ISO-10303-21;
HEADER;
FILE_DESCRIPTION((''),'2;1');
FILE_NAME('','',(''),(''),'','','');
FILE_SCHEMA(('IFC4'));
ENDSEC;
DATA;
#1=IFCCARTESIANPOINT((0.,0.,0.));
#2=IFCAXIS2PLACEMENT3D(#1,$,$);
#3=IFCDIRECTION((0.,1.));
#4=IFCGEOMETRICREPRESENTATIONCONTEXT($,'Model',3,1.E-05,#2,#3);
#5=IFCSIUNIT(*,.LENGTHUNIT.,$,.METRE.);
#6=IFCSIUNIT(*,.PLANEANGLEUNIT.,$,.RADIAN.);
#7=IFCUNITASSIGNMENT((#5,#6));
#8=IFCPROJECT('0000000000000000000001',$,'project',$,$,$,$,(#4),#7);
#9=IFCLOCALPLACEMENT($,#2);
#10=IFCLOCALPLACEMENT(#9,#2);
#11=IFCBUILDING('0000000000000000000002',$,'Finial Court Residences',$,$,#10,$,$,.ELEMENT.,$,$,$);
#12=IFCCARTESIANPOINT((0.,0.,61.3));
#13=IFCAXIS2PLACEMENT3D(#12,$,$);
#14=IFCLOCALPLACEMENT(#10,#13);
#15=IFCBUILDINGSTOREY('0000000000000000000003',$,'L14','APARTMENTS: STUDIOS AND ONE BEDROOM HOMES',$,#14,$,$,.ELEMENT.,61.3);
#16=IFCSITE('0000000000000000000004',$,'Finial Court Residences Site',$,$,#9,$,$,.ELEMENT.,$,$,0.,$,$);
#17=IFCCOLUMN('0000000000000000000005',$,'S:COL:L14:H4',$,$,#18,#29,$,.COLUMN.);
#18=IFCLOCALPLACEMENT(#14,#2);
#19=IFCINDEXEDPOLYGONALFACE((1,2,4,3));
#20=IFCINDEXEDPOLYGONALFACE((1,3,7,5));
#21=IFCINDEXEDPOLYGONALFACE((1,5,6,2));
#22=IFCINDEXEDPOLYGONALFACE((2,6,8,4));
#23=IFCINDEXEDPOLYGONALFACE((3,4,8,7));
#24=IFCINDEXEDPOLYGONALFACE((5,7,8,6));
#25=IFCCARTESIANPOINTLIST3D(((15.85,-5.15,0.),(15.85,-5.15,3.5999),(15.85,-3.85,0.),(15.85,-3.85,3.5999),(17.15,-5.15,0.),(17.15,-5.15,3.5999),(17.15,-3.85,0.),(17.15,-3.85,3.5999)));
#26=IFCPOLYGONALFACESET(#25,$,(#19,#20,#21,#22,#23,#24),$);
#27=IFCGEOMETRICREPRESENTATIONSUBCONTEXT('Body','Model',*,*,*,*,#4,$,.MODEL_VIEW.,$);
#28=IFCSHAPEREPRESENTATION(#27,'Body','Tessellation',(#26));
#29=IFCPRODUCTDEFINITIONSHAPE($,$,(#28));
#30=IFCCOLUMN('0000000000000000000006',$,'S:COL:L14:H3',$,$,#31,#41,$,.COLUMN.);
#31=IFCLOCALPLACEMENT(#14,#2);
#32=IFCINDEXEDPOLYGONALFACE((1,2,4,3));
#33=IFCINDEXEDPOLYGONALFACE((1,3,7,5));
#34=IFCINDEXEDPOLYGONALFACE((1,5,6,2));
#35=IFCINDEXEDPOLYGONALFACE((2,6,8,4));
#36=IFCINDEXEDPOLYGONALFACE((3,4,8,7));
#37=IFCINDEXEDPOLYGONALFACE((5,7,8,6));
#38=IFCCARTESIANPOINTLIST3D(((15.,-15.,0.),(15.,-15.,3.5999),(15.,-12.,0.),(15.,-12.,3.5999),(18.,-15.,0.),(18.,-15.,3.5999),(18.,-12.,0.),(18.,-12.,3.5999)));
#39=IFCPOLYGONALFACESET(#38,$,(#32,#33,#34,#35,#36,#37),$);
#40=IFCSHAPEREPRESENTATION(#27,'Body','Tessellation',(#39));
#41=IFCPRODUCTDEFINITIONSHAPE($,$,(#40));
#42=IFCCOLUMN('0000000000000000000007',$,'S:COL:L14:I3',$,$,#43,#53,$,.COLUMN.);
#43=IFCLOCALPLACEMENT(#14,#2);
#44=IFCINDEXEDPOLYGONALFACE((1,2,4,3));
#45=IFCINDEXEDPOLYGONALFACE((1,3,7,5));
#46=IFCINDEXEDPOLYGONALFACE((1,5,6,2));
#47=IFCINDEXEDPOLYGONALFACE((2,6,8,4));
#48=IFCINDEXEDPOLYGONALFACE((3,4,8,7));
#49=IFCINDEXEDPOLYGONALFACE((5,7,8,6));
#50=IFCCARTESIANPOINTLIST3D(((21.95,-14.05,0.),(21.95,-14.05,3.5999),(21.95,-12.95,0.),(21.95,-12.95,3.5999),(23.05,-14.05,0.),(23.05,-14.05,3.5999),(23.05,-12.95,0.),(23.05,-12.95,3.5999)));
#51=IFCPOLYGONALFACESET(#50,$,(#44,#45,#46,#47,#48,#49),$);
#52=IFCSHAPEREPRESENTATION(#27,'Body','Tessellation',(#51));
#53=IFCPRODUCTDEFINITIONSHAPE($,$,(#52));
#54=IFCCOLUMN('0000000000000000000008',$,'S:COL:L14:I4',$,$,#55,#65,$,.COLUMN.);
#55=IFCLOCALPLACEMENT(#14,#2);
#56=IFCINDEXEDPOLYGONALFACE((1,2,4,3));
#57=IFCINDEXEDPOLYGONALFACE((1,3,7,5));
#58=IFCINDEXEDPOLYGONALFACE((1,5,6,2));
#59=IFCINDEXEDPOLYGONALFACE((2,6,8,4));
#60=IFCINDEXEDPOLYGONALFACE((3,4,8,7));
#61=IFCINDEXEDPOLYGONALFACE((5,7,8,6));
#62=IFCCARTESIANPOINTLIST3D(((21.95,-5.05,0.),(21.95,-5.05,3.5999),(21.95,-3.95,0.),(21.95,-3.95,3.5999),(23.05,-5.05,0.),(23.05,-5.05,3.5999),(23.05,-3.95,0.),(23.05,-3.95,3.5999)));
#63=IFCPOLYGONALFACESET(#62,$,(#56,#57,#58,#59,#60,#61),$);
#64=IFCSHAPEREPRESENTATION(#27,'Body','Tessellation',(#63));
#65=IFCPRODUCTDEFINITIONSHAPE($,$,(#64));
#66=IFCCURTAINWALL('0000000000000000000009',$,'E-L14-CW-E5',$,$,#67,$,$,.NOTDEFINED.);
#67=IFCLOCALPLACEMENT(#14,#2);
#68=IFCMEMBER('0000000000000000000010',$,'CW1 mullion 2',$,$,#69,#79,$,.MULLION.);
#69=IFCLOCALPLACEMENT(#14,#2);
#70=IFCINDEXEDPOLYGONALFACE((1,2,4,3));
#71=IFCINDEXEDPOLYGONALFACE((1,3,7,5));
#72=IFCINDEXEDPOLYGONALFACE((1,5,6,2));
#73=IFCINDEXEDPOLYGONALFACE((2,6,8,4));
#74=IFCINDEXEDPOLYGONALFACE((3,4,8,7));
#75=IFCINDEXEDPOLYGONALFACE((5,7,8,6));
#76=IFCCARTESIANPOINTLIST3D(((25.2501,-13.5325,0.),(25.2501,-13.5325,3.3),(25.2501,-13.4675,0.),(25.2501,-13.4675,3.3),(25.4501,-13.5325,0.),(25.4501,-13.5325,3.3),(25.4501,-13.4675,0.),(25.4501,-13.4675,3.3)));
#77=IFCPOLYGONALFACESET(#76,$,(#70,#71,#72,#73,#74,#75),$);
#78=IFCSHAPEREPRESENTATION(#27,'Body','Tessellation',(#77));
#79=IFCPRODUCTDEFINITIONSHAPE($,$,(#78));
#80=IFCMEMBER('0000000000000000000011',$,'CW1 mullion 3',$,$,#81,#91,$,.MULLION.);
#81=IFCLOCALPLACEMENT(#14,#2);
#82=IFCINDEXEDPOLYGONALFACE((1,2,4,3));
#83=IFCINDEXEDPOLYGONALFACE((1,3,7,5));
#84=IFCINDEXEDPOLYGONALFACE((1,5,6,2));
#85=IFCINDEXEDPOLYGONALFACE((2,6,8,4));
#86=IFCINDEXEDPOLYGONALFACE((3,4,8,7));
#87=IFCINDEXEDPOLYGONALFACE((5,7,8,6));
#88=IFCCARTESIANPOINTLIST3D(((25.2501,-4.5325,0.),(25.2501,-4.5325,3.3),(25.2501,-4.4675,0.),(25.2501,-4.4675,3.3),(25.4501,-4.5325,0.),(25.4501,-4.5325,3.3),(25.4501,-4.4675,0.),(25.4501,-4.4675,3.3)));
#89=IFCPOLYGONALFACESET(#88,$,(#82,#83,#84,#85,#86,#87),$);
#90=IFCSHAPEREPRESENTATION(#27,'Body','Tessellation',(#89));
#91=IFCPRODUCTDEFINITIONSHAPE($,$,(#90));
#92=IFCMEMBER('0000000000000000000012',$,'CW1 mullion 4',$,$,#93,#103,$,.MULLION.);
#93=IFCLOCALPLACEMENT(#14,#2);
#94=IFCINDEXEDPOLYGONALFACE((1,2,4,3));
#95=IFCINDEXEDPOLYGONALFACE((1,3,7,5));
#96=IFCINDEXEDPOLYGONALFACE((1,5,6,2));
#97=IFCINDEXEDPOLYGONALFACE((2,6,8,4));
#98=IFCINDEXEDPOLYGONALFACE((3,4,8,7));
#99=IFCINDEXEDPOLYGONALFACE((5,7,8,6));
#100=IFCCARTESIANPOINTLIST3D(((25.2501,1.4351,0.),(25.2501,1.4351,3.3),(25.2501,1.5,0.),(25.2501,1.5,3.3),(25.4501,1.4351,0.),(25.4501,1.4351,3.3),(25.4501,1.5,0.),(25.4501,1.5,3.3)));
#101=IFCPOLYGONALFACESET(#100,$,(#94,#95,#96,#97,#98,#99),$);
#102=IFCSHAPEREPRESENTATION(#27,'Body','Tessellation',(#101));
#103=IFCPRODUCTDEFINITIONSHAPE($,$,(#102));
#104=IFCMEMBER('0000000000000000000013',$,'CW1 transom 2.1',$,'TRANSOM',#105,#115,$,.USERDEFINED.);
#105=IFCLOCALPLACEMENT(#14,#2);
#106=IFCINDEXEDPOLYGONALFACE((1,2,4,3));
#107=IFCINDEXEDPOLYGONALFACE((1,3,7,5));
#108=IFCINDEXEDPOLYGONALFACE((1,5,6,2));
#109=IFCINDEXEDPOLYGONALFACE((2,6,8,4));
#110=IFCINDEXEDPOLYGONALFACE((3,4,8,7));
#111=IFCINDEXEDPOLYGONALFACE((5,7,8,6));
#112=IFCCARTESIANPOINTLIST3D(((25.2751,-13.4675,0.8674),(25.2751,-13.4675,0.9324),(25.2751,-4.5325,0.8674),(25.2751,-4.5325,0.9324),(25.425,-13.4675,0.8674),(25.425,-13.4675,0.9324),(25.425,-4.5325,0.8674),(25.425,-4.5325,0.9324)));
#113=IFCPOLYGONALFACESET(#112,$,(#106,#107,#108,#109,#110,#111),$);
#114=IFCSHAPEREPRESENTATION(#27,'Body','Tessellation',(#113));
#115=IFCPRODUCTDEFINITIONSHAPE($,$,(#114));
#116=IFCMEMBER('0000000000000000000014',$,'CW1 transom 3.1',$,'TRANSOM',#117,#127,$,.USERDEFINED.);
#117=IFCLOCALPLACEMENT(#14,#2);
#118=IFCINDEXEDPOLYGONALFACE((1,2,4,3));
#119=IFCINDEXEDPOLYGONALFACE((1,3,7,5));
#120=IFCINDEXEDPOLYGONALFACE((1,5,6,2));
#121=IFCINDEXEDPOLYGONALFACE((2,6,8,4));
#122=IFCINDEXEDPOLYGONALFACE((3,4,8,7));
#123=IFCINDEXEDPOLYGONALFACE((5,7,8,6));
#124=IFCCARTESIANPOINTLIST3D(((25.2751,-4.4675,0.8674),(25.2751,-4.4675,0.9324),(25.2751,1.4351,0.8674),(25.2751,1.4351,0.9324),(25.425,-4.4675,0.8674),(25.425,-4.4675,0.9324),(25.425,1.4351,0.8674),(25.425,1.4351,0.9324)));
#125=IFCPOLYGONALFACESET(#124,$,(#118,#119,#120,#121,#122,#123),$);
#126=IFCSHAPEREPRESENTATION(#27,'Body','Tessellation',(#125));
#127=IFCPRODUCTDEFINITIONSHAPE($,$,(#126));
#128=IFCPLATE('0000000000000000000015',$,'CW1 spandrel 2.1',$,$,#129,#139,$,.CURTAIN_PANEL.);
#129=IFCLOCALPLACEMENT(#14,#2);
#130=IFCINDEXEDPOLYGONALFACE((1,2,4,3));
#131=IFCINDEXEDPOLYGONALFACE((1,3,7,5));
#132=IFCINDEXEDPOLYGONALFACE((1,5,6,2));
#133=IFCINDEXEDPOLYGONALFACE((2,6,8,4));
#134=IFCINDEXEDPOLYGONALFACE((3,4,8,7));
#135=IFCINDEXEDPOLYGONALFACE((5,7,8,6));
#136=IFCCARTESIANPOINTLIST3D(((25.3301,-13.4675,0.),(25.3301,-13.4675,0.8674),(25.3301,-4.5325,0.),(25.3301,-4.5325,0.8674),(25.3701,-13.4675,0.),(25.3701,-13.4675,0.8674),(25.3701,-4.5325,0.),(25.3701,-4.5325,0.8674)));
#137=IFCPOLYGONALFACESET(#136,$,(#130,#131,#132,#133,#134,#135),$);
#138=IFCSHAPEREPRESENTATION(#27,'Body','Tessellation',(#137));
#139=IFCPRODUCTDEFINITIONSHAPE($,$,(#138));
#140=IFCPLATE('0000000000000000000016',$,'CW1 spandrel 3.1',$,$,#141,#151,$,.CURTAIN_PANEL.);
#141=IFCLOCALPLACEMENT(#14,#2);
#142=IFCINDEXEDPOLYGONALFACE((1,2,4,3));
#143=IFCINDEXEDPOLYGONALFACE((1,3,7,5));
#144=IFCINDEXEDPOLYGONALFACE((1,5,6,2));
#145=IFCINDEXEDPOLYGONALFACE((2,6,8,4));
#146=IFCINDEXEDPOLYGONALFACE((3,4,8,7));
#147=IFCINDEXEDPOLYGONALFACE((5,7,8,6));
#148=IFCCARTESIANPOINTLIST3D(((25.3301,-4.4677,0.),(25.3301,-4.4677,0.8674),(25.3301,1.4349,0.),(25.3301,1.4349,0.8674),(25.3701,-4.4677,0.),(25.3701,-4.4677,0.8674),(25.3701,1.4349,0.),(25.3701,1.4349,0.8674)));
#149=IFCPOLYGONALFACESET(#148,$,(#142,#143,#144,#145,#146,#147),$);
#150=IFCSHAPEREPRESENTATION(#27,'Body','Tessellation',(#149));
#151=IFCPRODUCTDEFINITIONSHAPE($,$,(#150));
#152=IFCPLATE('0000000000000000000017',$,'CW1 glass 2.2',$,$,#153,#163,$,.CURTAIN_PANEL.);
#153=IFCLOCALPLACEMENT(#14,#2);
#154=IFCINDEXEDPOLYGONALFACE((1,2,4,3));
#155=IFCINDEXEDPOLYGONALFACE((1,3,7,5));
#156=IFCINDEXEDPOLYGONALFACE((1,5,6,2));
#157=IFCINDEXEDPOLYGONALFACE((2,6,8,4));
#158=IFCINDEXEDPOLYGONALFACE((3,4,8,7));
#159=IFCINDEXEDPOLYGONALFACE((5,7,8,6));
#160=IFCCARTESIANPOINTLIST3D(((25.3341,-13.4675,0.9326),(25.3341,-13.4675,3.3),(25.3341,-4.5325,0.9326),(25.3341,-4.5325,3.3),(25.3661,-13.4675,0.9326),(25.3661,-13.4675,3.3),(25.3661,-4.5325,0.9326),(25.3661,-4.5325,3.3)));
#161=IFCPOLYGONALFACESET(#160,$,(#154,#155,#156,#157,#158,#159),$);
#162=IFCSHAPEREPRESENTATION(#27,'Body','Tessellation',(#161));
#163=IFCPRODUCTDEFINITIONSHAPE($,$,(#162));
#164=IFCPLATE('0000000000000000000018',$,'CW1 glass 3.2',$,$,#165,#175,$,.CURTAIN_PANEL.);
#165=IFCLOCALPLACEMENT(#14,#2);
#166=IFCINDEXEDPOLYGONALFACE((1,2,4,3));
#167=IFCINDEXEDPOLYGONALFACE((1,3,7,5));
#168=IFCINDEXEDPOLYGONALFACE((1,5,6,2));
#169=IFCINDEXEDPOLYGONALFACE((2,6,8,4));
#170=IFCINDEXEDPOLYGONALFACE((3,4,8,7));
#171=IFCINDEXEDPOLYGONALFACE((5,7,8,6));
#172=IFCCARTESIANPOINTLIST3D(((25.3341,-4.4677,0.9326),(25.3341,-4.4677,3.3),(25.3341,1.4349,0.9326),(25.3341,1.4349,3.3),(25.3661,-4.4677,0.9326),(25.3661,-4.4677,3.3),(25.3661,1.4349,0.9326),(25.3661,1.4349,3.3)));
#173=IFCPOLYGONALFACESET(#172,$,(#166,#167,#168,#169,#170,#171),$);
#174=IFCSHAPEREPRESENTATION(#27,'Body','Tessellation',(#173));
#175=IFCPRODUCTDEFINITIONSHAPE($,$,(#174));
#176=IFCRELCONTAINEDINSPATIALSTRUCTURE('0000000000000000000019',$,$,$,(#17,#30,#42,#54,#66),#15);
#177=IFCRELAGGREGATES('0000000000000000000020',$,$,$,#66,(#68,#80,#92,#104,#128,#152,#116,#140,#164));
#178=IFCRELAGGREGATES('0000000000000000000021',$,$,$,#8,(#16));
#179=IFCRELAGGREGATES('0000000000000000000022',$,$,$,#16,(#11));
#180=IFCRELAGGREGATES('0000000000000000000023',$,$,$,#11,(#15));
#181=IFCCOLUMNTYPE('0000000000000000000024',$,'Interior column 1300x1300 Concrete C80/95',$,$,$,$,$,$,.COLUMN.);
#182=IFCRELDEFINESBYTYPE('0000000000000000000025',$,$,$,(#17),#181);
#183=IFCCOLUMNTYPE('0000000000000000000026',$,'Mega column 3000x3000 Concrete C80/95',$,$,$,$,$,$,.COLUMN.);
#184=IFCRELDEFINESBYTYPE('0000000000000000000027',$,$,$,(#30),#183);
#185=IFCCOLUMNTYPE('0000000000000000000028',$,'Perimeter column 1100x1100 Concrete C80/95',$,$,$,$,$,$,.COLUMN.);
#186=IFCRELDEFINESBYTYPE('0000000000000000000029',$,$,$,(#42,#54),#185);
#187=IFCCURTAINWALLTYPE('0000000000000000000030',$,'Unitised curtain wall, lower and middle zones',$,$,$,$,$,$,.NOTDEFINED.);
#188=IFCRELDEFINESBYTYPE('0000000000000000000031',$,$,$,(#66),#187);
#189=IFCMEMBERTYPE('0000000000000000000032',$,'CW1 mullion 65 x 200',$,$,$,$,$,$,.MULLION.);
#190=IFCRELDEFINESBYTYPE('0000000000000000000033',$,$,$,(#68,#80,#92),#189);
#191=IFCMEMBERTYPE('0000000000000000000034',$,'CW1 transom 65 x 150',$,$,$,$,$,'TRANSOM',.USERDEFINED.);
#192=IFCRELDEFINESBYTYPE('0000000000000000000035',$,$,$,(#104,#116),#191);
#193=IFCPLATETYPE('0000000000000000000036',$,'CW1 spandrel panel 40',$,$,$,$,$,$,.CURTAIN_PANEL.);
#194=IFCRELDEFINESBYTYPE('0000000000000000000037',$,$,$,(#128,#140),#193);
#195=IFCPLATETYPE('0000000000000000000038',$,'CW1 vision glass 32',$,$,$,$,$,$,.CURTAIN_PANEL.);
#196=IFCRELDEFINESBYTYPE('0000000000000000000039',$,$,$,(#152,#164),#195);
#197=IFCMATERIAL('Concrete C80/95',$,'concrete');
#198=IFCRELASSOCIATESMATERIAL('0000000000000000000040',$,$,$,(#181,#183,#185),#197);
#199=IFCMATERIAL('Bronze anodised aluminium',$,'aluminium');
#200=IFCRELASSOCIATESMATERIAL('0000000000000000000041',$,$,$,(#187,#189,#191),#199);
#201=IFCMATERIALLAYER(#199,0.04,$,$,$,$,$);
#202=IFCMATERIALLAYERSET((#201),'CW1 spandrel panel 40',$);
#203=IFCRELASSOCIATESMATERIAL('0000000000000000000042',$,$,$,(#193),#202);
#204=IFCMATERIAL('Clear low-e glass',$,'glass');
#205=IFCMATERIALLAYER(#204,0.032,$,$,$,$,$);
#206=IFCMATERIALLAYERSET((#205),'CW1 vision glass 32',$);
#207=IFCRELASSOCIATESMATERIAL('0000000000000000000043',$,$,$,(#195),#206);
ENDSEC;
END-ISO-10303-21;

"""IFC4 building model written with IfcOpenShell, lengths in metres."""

from ifc_helpers import new_model, si_unit, direction, frame, origin, origin_2d, place, context, subcontext, project, spatial, rectangle, extrude, material, layer, layer_set, material_profile, profile_set, type_object, element, aggregate, save


model = new_model("IFC4")

# Units and contexts
model_context = context("Model", 3, precision=1e-05, world=origin(), true_north=direction((0.0, 1.0)))
body_context = subcontext(model_context, "Body", "Model", "MODEL_VIEW")
ifc_project = project(units=[si_unit("LENGTHUNIT", "METRE"), si_unit("PLANEANGLEUNIT", "RADIAN")], contexts=[model_context])

# Site, building, storey
site_placement = place(None, origin())
site = spatial("IfcSite", under=ifc_project, at=site_placement, Name="Finial Court Residences Site", CompositionType="ELEMENT", RefElevation=0.0)
building_placement = place(site_placement, origin())
building = spatial("IfcBuilding", under=site, at=building_placement, Name="Finial Court Residences", CompositionType="ELEMENT")
storey_placement = place(building_placement, frame((0.0, 0.0, 61.3)))
storey = spatial("IfcBuildingStorey", under=building, at=storey_placement, Name="L14", Description="APARTMENTS: STUDIOS AND ONE BEDROOM HOMES", CompositionType="ELEMENT", Elevation=61.3)

# Columns
ifc_material_1 = material(Name="Concrete C80/95", Category="concrete")
ifc_material_profile_1 = material_profile(ifc_material_1, rectangle(XDim=1.3, YDim=1.3, at=origin_2d()), Name="1300x1300")
ifc_profile_set_1 = profile_set([ifc_material_profile_1], Name="Concrete C80/95")
column_type_1 = type_object("IfcColumnType", Name="Interior column 1300x1300 Concrete C80/95", PredefinedType="COLUMN", material=ifc_profile_set_1)
column_1_placement = place(storey_placement, frame((16.5, -4.5, 0.0), z_axis=(0.0, 0.0, 1.0), x_axis=(1.0, 0.0, 0.0)))
element("IfcColumn", 1, at=column_1_placement, inside=storey, type_object=column_type_1, Name="S:COL:L14:H4", PredefinedType="COLUMN", context=body_context, shape_type="SweptSolid", body=[
    extrude(rectangle(XDim=1.3, YDim=1.3, at=origin_2d()), origin(), (0.0, 0.0, 1.0), 3.5999),
])
ifc_material_profile_2 = material_profile(ifc_material_1, rectangle(XDim=3.0, YDim=3.0, at=origin_2d()), Name="3000x3000")
ifc_profile_set_2 = profile_set([ifc_material_profile_2], Name="Concrete C80/95")
column_type_2 = type_object("IfcColumnType", Name="Mega column 3000x3000 Concrete C80/95", PredefinedType="COLUMN", material=ifc_profile_set_2)
column_2_placement = place(storey_placement, frame((16.5, -13.5, 0.0), z_axis=(0.0, 0.0, 1.0), x_axis=(1.0, 0.0, 0.0)))
element("IfcColumn", 2, at=column_2_placement, inside=storey, type_object=column_type_2, Name="S:COL:L14:H3", PredefinedType="COLUMN", context=body_context, shape_type="SweptSolid", body=[
    extrude(rectangle(XDim=3.0, YDim=3.0, at=origin_2d()), origin(), (0.0, 0.0, 1.0), 3.5999),
])
ifc_material_profile_3 = material_profile(ifc_material_1, rectangle(XDim=1.1001, YDim=1.1001, at=origin_2d()), Name="1100x1100")
ifc_profile_set_3 = profile_set([ifc_material_profile_3], Name="Concrete C80/95")
column_type_3 = type_object("IfcColumnType", Name="Perimeter column 1100x1100 Concrete C80/95", PredefinedType="COLUMN", material=ifc_profile_set_3)
for number, where, z_axis, x_axis, name in (
    (3, (22.5, -13.5, 0.0), (0.0, 0.0, 1.0), (1.0, 0.0, 0.0), "S:COL:L14:I3"),
    (4, (22.5, -4.5, 0.0), (0.0, 0.0, 1.0), (1.0, 0.0, 0.0), "S:COL:L14:I4"),
):
    element("IfcColumn", number, at=place(storey_placement, frame(where, z_axis=z_axis, x_axis=x_axis)), inside=storey, type_object=column_type_3, Name=name, PredefinedType="COLUMN", context=body_context, shape_type="SweptSolid", body=[
        extrude(rectangle(XDim=1.1001, YDim=1.1001, at=origin_2d()), origin(), (0.0, 0.0, 1.0), 3.5999),
    ])

# Curtain wall, members, plates
ifc_material_2 = material(Name="Bronze anodised aluminium", Category="aluminium")
curtain_wall_type = type_object("IfcCurtainWallType", Name="Unitised curtain wall, lower and middle zones", PredefinedType="NOTDEFINED", material=ifc_material_2)
curtain_wall_placement = place(storey_placement, origin())
curtain_wall = element("IfcCurtainWall", 5, at=curtain_wall_placement, inside=storey, type_object=curtain_wall_type, Name="E-L14-CW-E5", PredefinedType="NOTDEFINED")
ifc_material_profile_4 = material_profile(ifc_material_2, rectangle(XDim=0.2, YDim=0.0649, at=origin_2d()), Name="CW1 mullion 65 x 200")
ifc_profile_set_4 = profile_set([ifc_material_profile_4], Name="Bronze anodised aluminium")
member_type_1 = type_object("IfcMemberType", Name="CW1 mullion 65 x 200", PredefinedType="MULLION", material=ifc_profile_set_4)
member_1_placement = place(storey_placement, frame((25.3501, -13.5, 0.0), z_axis=(0.0, 0.0, 1.0), x_axis=(-1.0, 0.0, 0.0)))
member_1 = element("IfcMember", 6, at=member_1_placement, type_object=member_type_1, Name="CW1 mullion 2", PredefinedType="MULLION", context=body_context, shape_type="SweptSolid", body=[
    extrude(rectangle(XDim=0.2, YDim=0.0649, at=origin_2d()), origin(), (0.0, 0.0, 1.0), 3.3),
])
member_2_placement = place(storey_placement, frame((25.3501, -4.5, 0.0), z_axis=(0.0, 0.0, 1.0), x_axis=(-1.0, 0.0, 0.0)))
member_2 = element("IfcMember", 7, at=member_2_placement, type_object=member_type_1, Name="CW1 mullion 3", PredefinedType="MULLION", context=body_context, shape_type="SweptSolid", body=[
    extrude(rectangle(XDim=0.2, YDim=0.0649, at=origin_2d()), origin(), (0.0, 0.0, 1.0), 3.3),
])
member_3_placement = place(storey_placement, frame((25.3501, 1.4675, 0.0), z_axis=(0.0, 0.0, 1.0), x_axis=(-1.0, 0.0, 0.0)))
member_3 = element("IfcMember", 8, at=member_3_placement, type_object=member_type_1, Name="CW1 mullion 4", PredefinedType="MULLION", context=body_context, shape_type="SweptSolid", body=[
    extrude(rectangle(XDim=0.2, YDim=0.0649, at=origin_2d()), origin(), (0.0, 0.0, 1.0), 3.3),
])
ifc_material_profile_5 = material_profile(ifc_material_2, rectangle(XDim=0.1499, YDim=0.0649, at=origin_2d()), Name="CW1 transom 65 x 150")
ifc_profile_set_5 = profile_set([ifc_material_profile_5], Name="Bronze anodised aluminium")
member_type_2 = type_object("IfcMemberType", Name="CW1 transom 65 x 150", ElementType="TRANSOM", PredefinedType="USERDEFINED", material=ifc_profile_set_5)
member_4_placement = place(storey_placement, frame((25.3501, -13.4675, 0.8999), z_axis=(0.0, 1.0, 0.0), x_axis=(-1.0, 0.0, 0.0)))
member_4 = element("IfcMember", 9, at=member_4_placement, type_object=member_type_2, Name="CW1 transom 2.1", ObjectType="TRANSOM", PredefinedType="USERDEFINED", context=body_context, shape_type="SweptSolid", body=[
    extrude(rectangle(XDim=0.1499, YDim=0.0649, at=origin_2d()), origin(), (0.0, 0.0, 1.0), 8.9351),
])
member_5_placement = place(storey_placement, frame((25.3501, -4.4675, 0.8999), z_axis=(0.0, 1.0, 0.0), x_axis=(-1.0, 0.0, 0.0)))
member_5 = element("IfcMember", 10, at=member_5_placement, type_object=member_type_2, Name="CW1 transom 3.1", ObjectType="TRANSOM", PredefinedType="USERDEFINED", context=body_context, shape_type="SweptSolid", body=[
    extrude(rectangle(XDim=0.1499, YDim=0.0649, at=origin_2d()), origin(), (0.0, 0.0, 1.0), 5.9026),
])
ifc_layer_1 = layer(ifc_material_2, 0.04)
ifc_layer_set_1 = layer_set([ifc_layer_1], Name="CW1 spandrel panel 40")
plate_type_1 = type_object("IfcPlateType", Name="CW1 spandrel panel 40", PredefinedType="CURTAIN_PANEL", material=ifc_layer_set_1)
plate_1_placement = place(storey_placement, frame((25.3501, -9.0, 0.0), z_axis=(0.0, 0.0, 1.0), x_axis=(0.0, 1.0, 0.0)))
plate_1 = element("IfcPlate", 11, at=plate_1_placement, type_object=plate_type_1, Name="CW1 spandrel 2.1", PredefinedType="CURTAIN_PANEL", context=body_context, shape_type="SweptSolid", body=[
    extrude(rectangle(XDim=8.9351, YDim=0.04, at=origin_2d()), origin(), (0.0, 0.0, 1.0), 0.8674),
])
plate_2_placement = place(storey_placement, frame((25.3501, -1.5164, 0.0), z_axis=(0.0, 0.0, 1.0), x_axis=(0.0, 1.0, 0.0)))
plate_2 = element("IfcPlate", 12, at=plate_2_placement, type_object=plate_type_1, Name="CW1 spandrel 3.1", PredefinedType="CURTAIN_PANEL", context=body_context, shape_type="SweptSolid", body=[
    extrude(rectangle(XDim=5.9026, YDim=0.04, at=origin_2d()), origin(), (0.0, 0.0, 1.0), 0.8674),
])
ifc_material_3 = material(Name="Clear low-e glass", Category="glass")
ifc_layer_2 = layer(ifc_material_3, 0.032)
ifc_layer_set_2 = layer_set([ifc_layer_2], Name="CW1 vision glass 32")
plate_type_2 = type_object("IfcPlateType", Name="CW1 vision glass 32", PredefinedType="CURTAIN_PANEL", material=ifc_layer_set_2)
plate_3_placement = place(storey_placement, frame((25.3501, -9.0, 0.9326), z_axis=(0.0, 0.0, 1.0), x_axis=(0.0, 1.0, 0.0)))
plate_3 = element("IfcPlate", 13, at=plate_3_placement, type_object=plate_type_2, Name="CW1 glass 2.2", PredefinedType="CURTAIN_PANEL", context=body_context, shape_type="SweptSolid", body=[
    extrude(rectangle(XDim=8.9351, YDim=0.032, at=origin_2d()), origin(), (0.0, 0.0, 1.0), 2.3674),
])
plate_4_placement = place(storey_placement, frame((25.3501, -1.5164, 0.9326), z_axis=(0.0, 0.0, 1.0), x_axis=(0.0, 1.0, 0.0)))
plate_4 = element("IfcPlate", 14, at=plate_4_placement, type_object=plate_type_2, Name="CW1 glass 3.2", PredefinedType="CURTAIN_PANEL", context=body_context, shape_type="SweptSolid", body=[
    extrude(rectangle(XDim=5.9026, YDim=0.032, at=origin_2d()), origin(), (0.0, 0.0, 1.0), 2.3674),
])
aggregate(curtain_wall, [member_1, member_2, member_3, member_4, plate_1, plate_3, member_5, plate_2, plate_4])

save(model, "model.ifc")
